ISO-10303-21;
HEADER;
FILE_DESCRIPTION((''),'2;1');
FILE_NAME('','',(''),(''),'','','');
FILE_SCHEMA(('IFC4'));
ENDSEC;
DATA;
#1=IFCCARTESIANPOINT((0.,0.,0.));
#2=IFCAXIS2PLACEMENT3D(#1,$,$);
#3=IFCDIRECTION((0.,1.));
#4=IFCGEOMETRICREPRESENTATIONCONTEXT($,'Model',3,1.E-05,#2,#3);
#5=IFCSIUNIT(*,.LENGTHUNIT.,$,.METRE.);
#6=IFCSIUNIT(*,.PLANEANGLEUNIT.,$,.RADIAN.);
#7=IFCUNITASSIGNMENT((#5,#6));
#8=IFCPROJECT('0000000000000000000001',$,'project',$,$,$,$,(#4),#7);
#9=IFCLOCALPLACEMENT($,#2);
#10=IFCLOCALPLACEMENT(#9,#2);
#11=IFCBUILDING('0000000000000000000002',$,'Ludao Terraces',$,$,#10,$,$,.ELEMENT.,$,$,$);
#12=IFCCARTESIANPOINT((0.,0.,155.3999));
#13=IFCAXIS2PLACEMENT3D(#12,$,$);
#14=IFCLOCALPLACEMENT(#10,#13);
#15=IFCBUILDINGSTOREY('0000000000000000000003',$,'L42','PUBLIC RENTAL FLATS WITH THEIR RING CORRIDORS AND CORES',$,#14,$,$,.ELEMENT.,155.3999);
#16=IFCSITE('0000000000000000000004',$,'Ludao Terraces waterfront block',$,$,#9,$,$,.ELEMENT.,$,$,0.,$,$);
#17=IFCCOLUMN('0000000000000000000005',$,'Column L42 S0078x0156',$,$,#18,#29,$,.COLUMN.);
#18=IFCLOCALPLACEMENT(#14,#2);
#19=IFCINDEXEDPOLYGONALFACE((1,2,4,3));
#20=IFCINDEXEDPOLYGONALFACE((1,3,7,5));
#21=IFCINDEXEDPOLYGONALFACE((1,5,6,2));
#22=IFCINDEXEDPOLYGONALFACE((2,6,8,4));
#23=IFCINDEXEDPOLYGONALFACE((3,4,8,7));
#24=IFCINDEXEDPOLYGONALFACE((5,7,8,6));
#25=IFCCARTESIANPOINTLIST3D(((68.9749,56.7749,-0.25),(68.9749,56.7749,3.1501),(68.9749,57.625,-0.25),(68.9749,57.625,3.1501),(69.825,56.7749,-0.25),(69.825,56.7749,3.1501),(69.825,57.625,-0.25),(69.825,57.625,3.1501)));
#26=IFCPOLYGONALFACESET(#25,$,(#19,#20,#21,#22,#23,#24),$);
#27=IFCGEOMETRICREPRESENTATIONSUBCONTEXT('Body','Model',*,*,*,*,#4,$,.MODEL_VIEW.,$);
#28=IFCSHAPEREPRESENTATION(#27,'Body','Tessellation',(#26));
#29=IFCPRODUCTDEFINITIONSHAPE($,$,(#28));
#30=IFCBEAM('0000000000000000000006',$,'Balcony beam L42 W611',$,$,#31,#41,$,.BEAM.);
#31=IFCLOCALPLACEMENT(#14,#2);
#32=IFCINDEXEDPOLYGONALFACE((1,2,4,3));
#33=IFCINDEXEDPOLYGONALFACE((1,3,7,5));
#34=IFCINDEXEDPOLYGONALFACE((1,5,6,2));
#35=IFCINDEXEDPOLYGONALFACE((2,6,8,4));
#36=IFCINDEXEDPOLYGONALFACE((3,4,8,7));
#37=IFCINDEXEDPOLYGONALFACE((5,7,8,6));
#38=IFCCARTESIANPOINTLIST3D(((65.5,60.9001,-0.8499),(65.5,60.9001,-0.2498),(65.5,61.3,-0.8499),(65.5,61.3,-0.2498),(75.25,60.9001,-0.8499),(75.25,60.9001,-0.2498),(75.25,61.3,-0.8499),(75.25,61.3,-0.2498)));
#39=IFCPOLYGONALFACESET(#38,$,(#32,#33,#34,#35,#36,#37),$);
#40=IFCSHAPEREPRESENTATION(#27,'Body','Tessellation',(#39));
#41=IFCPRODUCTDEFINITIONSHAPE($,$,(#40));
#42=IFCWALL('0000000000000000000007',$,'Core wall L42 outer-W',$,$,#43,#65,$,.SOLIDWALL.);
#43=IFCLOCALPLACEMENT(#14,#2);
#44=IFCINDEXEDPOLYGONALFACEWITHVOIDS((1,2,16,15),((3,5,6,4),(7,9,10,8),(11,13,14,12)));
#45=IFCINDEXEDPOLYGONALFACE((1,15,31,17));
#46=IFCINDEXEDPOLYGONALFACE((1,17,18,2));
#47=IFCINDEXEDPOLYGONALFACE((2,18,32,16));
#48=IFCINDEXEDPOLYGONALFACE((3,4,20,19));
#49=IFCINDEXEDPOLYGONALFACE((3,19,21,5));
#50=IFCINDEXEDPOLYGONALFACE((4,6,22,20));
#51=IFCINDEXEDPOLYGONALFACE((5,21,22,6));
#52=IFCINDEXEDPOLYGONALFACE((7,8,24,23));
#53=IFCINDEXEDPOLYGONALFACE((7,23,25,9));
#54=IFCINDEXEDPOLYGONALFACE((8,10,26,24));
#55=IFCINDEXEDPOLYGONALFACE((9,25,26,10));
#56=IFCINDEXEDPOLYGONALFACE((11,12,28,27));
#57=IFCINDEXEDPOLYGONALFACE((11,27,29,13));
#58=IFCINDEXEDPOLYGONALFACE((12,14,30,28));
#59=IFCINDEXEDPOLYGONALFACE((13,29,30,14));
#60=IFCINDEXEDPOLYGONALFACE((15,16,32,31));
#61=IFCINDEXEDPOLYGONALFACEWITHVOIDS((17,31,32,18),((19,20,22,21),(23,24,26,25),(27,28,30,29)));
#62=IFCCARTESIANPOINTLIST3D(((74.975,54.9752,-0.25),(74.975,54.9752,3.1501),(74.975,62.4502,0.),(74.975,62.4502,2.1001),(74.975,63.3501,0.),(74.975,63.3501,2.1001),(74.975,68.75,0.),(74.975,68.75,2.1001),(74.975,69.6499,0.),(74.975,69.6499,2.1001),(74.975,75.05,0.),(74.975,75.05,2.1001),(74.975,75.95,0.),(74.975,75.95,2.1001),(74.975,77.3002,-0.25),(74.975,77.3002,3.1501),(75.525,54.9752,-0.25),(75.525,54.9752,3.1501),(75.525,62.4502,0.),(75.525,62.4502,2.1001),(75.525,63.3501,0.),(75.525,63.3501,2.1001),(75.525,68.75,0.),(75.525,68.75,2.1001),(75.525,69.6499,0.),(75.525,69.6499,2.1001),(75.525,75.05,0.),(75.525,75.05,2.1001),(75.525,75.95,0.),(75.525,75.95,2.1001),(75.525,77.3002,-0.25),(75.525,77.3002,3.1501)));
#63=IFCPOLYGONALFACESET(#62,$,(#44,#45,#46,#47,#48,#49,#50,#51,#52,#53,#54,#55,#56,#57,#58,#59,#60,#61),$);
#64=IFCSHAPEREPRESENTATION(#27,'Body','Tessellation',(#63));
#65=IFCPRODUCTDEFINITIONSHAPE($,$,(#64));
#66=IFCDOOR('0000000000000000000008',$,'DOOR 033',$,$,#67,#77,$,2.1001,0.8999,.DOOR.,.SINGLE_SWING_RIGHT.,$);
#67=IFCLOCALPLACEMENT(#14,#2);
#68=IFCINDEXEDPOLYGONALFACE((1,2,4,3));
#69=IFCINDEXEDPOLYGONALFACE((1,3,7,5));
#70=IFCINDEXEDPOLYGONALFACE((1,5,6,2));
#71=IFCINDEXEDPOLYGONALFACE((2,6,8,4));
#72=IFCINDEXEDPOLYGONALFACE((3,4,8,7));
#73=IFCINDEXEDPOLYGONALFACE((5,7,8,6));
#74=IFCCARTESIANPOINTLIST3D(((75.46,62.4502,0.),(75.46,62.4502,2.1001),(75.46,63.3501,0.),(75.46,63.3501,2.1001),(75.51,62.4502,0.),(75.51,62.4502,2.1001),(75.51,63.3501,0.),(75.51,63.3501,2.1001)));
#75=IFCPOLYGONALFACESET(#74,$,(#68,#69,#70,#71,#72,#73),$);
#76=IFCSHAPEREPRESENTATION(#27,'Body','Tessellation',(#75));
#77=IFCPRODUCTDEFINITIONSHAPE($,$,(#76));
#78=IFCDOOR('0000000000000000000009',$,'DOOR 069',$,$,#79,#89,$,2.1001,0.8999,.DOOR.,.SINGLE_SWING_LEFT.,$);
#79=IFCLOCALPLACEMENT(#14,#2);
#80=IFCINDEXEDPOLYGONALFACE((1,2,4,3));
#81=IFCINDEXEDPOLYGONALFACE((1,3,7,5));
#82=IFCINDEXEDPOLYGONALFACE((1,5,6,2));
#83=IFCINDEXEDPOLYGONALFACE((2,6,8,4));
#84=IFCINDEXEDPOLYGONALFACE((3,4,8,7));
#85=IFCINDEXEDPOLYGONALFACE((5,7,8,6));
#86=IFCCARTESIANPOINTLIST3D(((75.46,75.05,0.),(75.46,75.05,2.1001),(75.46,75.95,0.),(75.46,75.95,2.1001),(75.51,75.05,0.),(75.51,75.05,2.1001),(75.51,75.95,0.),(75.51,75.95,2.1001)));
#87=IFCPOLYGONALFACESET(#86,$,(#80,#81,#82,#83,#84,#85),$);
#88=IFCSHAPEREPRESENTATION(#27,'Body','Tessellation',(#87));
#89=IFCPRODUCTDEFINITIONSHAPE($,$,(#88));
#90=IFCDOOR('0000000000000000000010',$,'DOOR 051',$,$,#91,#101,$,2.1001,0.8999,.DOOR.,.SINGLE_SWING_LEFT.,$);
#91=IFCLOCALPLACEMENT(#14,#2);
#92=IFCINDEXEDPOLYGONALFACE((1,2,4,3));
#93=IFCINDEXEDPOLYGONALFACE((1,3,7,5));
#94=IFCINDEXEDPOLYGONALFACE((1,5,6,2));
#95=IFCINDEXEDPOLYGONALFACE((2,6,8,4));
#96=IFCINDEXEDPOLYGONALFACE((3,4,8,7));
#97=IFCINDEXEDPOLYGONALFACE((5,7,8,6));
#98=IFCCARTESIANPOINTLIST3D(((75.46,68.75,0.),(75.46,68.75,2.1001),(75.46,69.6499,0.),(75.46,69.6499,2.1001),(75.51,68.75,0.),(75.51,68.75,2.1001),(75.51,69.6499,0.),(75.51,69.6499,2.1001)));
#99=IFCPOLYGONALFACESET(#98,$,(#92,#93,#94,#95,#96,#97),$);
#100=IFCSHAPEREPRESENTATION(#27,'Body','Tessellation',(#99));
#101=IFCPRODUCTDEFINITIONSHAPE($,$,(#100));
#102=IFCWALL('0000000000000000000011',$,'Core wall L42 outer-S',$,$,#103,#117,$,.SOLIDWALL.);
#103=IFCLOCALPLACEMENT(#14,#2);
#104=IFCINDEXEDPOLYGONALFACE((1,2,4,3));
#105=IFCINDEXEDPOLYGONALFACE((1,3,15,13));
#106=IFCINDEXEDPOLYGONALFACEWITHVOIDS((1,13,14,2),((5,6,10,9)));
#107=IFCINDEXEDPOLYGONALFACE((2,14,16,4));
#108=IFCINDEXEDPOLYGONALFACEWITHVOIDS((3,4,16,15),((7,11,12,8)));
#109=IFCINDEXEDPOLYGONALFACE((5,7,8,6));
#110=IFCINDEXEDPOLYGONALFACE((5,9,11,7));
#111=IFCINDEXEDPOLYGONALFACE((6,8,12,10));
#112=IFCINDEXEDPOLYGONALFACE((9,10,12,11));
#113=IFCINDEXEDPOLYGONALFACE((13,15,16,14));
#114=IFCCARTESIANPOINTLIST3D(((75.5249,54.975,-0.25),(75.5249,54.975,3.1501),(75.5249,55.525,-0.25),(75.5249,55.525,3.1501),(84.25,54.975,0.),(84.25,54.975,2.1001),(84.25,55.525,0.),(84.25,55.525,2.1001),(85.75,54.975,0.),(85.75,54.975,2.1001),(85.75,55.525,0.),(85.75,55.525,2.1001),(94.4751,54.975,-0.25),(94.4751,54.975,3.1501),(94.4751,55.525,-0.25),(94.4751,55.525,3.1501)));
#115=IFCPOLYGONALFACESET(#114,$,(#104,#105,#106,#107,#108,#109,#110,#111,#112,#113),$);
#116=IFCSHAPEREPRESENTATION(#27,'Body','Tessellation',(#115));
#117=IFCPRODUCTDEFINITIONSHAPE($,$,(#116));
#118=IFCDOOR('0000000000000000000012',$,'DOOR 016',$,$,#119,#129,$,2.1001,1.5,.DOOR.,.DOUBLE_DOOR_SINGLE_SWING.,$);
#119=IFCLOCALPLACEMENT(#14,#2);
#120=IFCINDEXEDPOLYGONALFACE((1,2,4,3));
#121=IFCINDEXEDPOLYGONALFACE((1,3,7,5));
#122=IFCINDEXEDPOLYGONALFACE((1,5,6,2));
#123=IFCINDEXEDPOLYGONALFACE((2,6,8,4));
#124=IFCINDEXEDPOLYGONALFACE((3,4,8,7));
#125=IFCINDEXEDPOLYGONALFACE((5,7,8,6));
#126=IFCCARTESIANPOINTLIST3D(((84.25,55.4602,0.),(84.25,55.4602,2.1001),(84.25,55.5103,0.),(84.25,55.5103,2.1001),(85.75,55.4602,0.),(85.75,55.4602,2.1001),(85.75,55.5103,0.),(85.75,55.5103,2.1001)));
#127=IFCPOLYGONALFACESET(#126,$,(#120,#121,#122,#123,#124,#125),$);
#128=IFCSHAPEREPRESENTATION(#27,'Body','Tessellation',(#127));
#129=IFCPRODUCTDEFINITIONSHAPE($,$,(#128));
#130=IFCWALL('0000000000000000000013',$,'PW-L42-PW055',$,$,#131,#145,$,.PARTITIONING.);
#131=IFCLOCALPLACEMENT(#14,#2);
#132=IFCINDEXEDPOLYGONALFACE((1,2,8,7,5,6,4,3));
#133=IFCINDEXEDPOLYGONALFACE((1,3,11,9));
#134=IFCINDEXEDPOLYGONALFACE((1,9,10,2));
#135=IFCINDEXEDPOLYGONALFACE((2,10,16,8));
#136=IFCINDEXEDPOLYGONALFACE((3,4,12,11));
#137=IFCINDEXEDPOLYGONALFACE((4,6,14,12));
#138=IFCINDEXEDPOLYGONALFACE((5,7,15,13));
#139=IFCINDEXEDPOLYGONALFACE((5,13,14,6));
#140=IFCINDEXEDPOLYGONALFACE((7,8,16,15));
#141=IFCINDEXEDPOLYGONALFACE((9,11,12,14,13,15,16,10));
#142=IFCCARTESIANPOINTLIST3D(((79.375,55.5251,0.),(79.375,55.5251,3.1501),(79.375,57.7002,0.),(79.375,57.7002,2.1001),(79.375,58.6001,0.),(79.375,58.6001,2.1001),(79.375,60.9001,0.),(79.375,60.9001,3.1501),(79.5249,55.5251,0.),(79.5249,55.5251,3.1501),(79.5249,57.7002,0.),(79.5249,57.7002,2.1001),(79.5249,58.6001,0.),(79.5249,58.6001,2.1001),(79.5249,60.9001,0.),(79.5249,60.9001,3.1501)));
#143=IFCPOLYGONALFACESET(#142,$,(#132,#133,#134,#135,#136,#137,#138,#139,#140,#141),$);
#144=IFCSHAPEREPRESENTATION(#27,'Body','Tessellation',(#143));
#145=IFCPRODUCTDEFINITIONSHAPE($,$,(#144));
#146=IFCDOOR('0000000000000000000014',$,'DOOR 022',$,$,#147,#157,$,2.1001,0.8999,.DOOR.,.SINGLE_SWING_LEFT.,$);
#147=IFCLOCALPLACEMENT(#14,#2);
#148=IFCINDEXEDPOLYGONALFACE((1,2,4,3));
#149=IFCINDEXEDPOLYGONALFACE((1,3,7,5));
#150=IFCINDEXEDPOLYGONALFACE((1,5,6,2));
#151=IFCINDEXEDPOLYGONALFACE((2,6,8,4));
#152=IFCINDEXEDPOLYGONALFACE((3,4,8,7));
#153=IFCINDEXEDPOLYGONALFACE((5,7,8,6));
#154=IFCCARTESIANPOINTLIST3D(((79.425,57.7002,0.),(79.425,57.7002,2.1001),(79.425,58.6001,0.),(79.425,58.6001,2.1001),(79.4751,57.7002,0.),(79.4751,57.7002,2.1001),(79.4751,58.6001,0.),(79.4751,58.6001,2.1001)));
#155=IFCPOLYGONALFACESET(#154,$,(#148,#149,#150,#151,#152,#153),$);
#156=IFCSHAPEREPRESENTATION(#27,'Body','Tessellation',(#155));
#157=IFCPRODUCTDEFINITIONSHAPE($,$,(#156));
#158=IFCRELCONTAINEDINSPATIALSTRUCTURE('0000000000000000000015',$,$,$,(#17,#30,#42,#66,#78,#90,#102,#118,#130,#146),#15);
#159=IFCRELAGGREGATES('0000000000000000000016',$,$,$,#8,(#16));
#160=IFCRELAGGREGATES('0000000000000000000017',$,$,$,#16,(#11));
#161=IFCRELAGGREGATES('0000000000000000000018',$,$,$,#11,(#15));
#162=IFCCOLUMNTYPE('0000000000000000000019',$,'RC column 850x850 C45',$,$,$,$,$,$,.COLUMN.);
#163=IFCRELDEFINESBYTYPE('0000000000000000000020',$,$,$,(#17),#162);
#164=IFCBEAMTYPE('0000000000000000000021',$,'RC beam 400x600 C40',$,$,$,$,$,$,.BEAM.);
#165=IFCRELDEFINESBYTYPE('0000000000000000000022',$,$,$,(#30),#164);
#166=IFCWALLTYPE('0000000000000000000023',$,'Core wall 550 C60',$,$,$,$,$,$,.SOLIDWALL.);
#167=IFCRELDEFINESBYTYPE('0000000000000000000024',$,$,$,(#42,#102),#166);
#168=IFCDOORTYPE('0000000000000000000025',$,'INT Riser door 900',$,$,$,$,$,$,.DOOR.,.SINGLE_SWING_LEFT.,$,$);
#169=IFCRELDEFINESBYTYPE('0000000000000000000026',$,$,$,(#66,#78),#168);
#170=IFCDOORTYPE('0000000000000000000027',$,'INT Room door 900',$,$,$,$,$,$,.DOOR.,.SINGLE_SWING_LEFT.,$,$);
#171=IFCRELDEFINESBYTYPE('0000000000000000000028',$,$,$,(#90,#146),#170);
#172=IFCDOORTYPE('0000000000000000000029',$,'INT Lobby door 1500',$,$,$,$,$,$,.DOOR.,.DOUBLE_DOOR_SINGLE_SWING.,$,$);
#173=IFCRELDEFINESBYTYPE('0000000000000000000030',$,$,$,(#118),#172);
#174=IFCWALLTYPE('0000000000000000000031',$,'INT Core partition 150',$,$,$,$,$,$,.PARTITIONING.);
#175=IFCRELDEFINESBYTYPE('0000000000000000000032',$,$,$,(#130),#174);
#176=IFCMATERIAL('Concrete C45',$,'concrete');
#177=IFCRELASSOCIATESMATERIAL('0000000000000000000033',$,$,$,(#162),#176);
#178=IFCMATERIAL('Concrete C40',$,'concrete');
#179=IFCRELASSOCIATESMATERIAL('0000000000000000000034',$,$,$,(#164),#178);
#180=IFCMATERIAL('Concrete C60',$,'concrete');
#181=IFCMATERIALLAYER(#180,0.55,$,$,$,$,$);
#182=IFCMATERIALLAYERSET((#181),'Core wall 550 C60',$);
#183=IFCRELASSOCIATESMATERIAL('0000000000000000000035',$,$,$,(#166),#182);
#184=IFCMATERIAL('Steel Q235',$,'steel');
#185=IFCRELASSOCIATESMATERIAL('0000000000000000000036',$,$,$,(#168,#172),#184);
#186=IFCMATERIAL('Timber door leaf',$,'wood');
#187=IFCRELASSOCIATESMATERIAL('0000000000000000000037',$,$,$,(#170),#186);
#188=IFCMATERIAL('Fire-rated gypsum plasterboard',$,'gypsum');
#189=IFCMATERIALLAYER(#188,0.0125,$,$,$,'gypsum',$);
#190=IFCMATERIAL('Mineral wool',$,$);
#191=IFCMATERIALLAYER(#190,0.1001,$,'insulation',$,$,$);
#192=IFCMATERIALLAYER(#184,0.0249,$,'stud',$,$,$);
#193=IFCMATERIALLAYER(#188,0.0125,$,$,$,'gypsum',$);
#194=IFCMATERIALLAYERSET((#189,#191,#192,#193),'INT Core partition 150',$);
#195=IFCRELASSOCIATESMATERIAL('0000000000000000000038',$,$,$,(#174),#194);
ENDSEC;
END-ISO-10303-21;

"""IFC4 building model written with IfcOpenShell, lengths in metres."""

from ifc_helpers import new_model, si_unit, direction, frame, frame_2d, origin, origin_2d, place, context, subcontext, project, spatial, rectangle, extrude, material, layer, layer_set, material_profile, profile_set, type_object, element, fill, save


model = new_model("IFC4")

# Units and contexts
model_context = context("Model", 3, precision=1e-05, world=origin(), true_north=direction((0.0, 1.0)))
body_context = subcontext(model_context, "Body", "Model", "MODEL_VIEW")
ifc_project = project(units=[si_unit("LENGTHUNIT", "METRE"), si_unit("PLANEANGLEUNIT", "RADIAN")], contexts=[model_context])

# Site, building, storey
site_placement = place(None, origin())
site = spatial("IfcSite", under=ifc_project, at=site_placement, Name="Ludao Terraces waterfront block", CompositionType="ELEMENT", RefElevation=0.0)
building_placement = place(site_placement, origin())
building = spatial("IfcBuilding", under=site, at=building_placement, Name="Ludao Terraces", CompositionType="ELEMENT")
storey_placement = place(building_placement, frame((0.0, 0.0, 155.3999)))
storey = spatial("IfcBuildingStorey", under=building, at=storey_placement, Name="L42", Description="PUBLIC RENTAL FLATS WITH THEIR RING CORRIDORS AND CORES", CompositionType="ELEMENT", Elevation=155.3999)

# Column
ifc_material_1 = material(Name="Concrete C45", Category="concrete")
ifc_material_profile_1 = material_profile(ifc_material_1, rectangle(XDim=0.8501, YDim=0.8501, at=origin_2d()), Name="850 X 850")
ifc_profile_set_1 = profile_set([ifc_material_profile_1], Name="Concrete C45")
column_type = type_object("IfcColumnType", Name="RC column 850x850 C45", PredefinedType="COLUMN", material=ifc_profile_set_1)
column_placement = place(storey_placement, frame((69.3999, 57.2, -0.25), z_axis=(0.0, 0.0, 1.0), x_axis=(1.0, 0.0, 0.0)))
element("IfcColumn", 1, at=column_placement, inside=storey, type_object=column_type, Name="Column L42 S0078x0156", PredefinedType="COLUMN", context=body_context, shape_type="SweptSolid", body=[
    extrude(rectangle(XDim=0.8501, YDim=0.8501, at=origin_2d()), origin(), (0.0, 0.0, 1.0), 3.4001),
])

# Beam
ifc_material_2 = material(Name="Concrete C40", Category="concrete")
ifc_material_profile_2 = material_profile(ifc_material_2, rectangle(XDim=0.3999, YDim=0.6001, at=origin_2d()), Name="400 X 600")
ifc_profile_set_2 = profile_set([ifc_material_profile_2], Name="Concrete C40")
beam_type = type_object("IfcBeamType", Name="RC beam 400x600 C40", PredefinedType="BEAM", material=ifc_profile_set_2)
beam_placement = place(storey_placement, frame((75.25, 61.1001, -0.5498), z_axis=(-1.0, 0.0, 0.0), x_axis=(0.0, -1.0, 0.0)))
element("IfcBeam", 2, at=beam_placement, inside=storey, type_object=beam_type, Name="Balcony beam L42 W611", PredefinedType="BEAM", context=body_context, shape_type="SweptSolid", body=[
    extrude(rectangle(XDim=0.3999, YDim=0.6001, at=origin_2d()), origin(), (0.0, 0.0, 1.0), 9.75),
])

# Wall, openings, doors
ifc_material_3 = material(Name="Concrete C60", Category="concrete")
ifc_layer_1 = layer(ifc_material_3, 0.55)
ifc_layer_set_1 = layer_set([ifc_layer_1], Name="Core wall 550 C60")
wall_type_1 = type_object("IfcWallType", Name="Core wall 550 C60", PredefinedType="SOLIDWALL", material=ifc_layer_set_1)
wall_1_placement = place(storey_placement, frame((75.25, 54.9751, -0.25), z_axis=(0.0, 0.0, 1.0), x_axis=(0.0, 1.0, 0.0)))
wall_1 = element("IfcWall", 3, at=wall_1_placement, inside=storey, type_object=wall_type_1, Name="Core wall L42 outer-W", PredefinedType="SOLIDWALL", context=body_context, shape_type="SweptSolid", body=[
    extrude(rectangle(XDim=22.325, YDim=0.55, at=frame_2d((11.1626, 0.0))), origin(), (0.0, 0.0, 1.0), 3.4001),
])
opening_1_placement = place(wall_1_placement, frame((7.4751, 0.0, 0.25)))
opening_1 = element("IfcOpeningElement", 4, at=opening_1_placement, cuts=wall_1, PredefinedType="OPENING", context=body_context, shape_type="SweptSolid", body=[
    extrude(rectangle(XDim=0.8999, YDim=2.1001, at=frame_2d((0.45, 1.05))), frame((0.0, 0.2852, 0.0), z_axis=(0.0, -1.0, 0.0), x_axis=(1.0, 0.0, 0.0)), (0.0, 0.0, 1.0), 0.5701),
])
opening_2_placement = place(wall_1_placement, frame((13.7749, 0.0, 0.25)))
opening_2 = element("IfcOpeningElement", 5, at=opening_2_placement, cuts=wall_1, PredefinedType="OPENING", context=body_context, shape_type="SweptSolid", body=[
    extrude(rectangle(XDim=0.8999, YDim=2.1001, at=frame_2d((0.45, 1.05))), frame((0.0, 0.2852, 0.0), z_axis=(0.0, -1.0, 0.0), x_axis=(1.0, 0.0, 0.0)), (0.0, 0.0, 1.0), 0.5701),
])
opening_3_placement = place(wall_1_placement, frame((20.075, 0.0, 0.25)))
opening_3 = element("IfcOpeningElement", 6, at=opening_3_placement, cuts=wall_1, PredefinedType="OPENING", context=body_context, shape_type="SweptSolid", body=[
    extrude(rectangle(XDim=0.8999, YDim=2.1001, at=frame_2d((0.45, 1.05))), frame((0.0, 0.2852, 0.0), z_axis=(0.0, -1.0, 0.0), x_axis=(1.0, 0.0, 0.0)), (0.0, 0.0, 1.0), 0.5701),
])
ifc_material_4 = material(Name="Steel Q235", Category="steel")
door_type_1 = type_object("IfcDoorType", Name="INT Riser door 900", OperationType="SINGLE_SWING_LEFT", PredefinedType="DOOR", material=ifc_material_4)
door_1_placement = place(opening_1_placement, origin())
door_1 = element("IfcDoor", 7, at=door_1_placement, inside=storey, type_object=door_type_1, Name="DOOR 033", OperationType="SINGLE_SWING_RIGHT", OverallHeight=2.1001, OverallWidth=0.8999, PredefinedType="DOOR", context=body_context, shape_type="SweptSolid", body=[
    extrude(rectangle(XDim=0.8999, YDim=2.1001, at=frame_2d((0.45, 1.05))), frame((0.0, -0.21, 0.0), z_axis=(0.0, -1.0, 0.0), x_axis=(1.0, 0.0, 0.0)), (0.0, 0.0, 1.0), 0.05),
])
fill(opening_1, door_1)
door_2_placement = place(opening_3_placement, origin())
door_2 = element("IfcDoor", 8, at=door_2_placement, inside=storey, type_object=door_type_1, Name="DOOR 069", OperationType="SINGLE_SWING_LEFT", OverallHeight=2.1001, OverallWidth=0.8999, PredefinedType="DOOR", context=body_context, shape_type="SweptSolid", body=[
    extrude(rectangle(XDim=0.8999, YDim=2.1001, at=frame_2d((0.45, 1.05))), frame((0.0, -0.21, 0.0), z_axis=(0.0, -1.0, 0.0), x_axis=(1.0, 0.0, 0.0)), (0.0, 0.0, 1.0), 0.05),
])
fill(opening_3, door_2)
ifc_material_5 = material(Name="Timber door leaf", Category="wood")
door_type_2 = type_object("IfcDoorType", Name="INT Room door 900", OperationType="SINGLE_SWING_LEFT", PredefinedType="DOOR", material=ifc_material_5)
door_3_placement = place(opening_2_placement, origin())
door_3 = element("IfcDoor", 9, at=door_3_placement, inside=storey, type_object=door_type_2, Name="DOOR 051", OperationType="SINGLE_SWING_LEFT", OverallHeight=2.1001, OverallWidth=0.8999, PredefinedType="DOOR", context=body_context, shape_type="SweptSolid", body=[
    extrude(rectangle(XDim=0.8999, YDim=2.1001, at=frame_2d((0.45, 1.05))), frame((0.0, -0.21, 0.0), z_axis=(0.0, -1.0, 0.0), x_axis=(1.0, 0.0, 0.0)), (0.0, 0.0, 1.0), 0.05),
])
fill(opening_2, door_3)

# Walls, openings, doors
wall_2_placement = place(storey_placement, frame((75.5249, 55.25, -0.25), z_axis=(0.0, 0.0, 1.0), x_axis=(1.0, 0.0, 0.0)))
wall_2 = element("IfcWall", 10, at=wall_2_placement, inside=storey, type_object=wall_type_1, Name="Core wall L42 outer-S", PredefinedType="SOLIDWALL", context=body_context, shape_type="SweptSolid", body=[
    extrude(rectangle(XDim=18.9502, YDim=0.55, at=frame_2d((9.4751, 0.0))), origin(), (0.0, 0.0, 1.0), 3.4001),
])
opening_4_placement = place(wall_2_placement, frame((8.7251, 0.0, 0.25)))
opening_4 = element("IfcOpeningElement", 11, at=opening_4_placement, cuts=wall_2, PredefinedType="OPENING", context=body_context, shape_type="SweptSolid", body=[
    extrude(rectangle(XDim=1.5, YDim=2.1001, at=frame_2d((0.75, 1.05))), frame((0.0, 0.2852, 0.0), z_axis=(0.0, -1.0, 0.0), x_axis=(1.0, 0.0, 0.0)), (0.0, 0.0, 1.0), 0.5701),
])
door_type_3 = type_object("IfcDoorType", Name="INT Lobby door 1500", OperationType="DOUBLE_DOOR_SINGLE_SWING", PredefinedType="DOOR", material=ifc_material_4)
door_4_placement = place(opening_4_placement, origin())
door_4 = element("IfcDoor", 12, at=door_4_placement, inside=storey, type_object=door_type_3, Name="DOOR 016", OperationType="DOUBLE_DOOR_SINGLE_SWING", OverallHeight=2.1001, OverallWidth=1.5, PredefinedType="DOOR", context=body_context, shape_type="SweptSolid", body=[
    extrude(rectangle(XDim=1.5, YDim=2.1001, at=frame_2d((0.75, 1.05))), frame((0.0, 0.2603, 0.0), z_axis=(0.0, -1.0, 0.0), x_axis=(1.0, 0.0, 0.0)), (0.0, 0.0, 1.0), 0.05),
])
fill(opening_4, door_4)
ifc_material_6 = material(Name="Fire-rated gypsum plasterboard", Category="gypsum")
ifc_layer_2 = layer(ifc_material_6, 0.0125, Category="gypsum")
ifc_material_7 = material(Name="Mineral wool")
ifc_layer_3 = layer(ifc_material_7, 0.1001, Name="insulation")
ifc_layer_4 = layer(ifc_material_4, 0.0249, Name="stud")
ifc_layer_5 = layer(ifc_material_6, 0.0125, Category="gypsum")
ifc_layer_set_2 = layer_set([ifc_layer_2, ifc_layer_3, ifc_layer_4, ifc_layer_5], Name="INT Core partition 150")
wall_type_2 = type_object("IfcWallType", Name="INT Core partition 150", PredefinedType="PARTITIONING", material=ifc_layer_set_2)
wall_3_placement = place(storey_placement, frame((79.45, 55.5251, 0.0), z_axis=(0.0, 0.0, 1.0), x_axis=(0.0, 1.0, 0.0)))
wall_3 = element("IfcWall", 13, at=wall_3_placement, inside=storey, type_object=wall_type_2, Name="PW-L42-PW055", PredefinedType="PARTITIONING", context=body_context, shape_type="SweptSolid", body=[
    extrude(rectangle(XDim=5.375, YDim=0.1499, at=frame_2d((2.6875, 0.0))), origin(), (0.0, 0.0, 1.0), 3.1501),
])
opening_5_placement = place(wall_3_placement, frame((2.175, 0.0, 0.0)))
opening_5 = element("IfcOpeningElement", 14, at=opening_5_placement, cuts=wall_3, PredefinedType="OPENING", context=body_context, shape_type="SweptSolid", body=[
    extrude(rectangle(XDim=0.8999, YDim=2.1001, at=frame_2d((0.45, 1.05))), frame((0.0, 0.085, 0.0), z_axis=(0.0, -1.0, 0.0), x_axis=(1.0, 0.0, 0.0)), (0.0, 0.0, 1.0), 0.1699),
])
door_5_placement = place(opening_5_placement, origin())
door_5 = element("IfcDoor", 15, at=door_5_placement, inside=storey, type_object=door_type_2, Name="DOOR 022", OperationType="SINGLE_SWING_LEFT", OverallHeight=2.1001, OverallWidth=0.8999, PredefinedType="DOOR", context=body_context, shape_type="SweptSolid", body=[
    extrude(rectangle(XDim=0.8999, YDim=2.1001, at=frame_2d((0.45, 1.05))), frame((0.0, 0.0249, 0.0), z_axis=(0.0, -1.0, 0.0), x_axis=(1.0, 0.0, 0.0)), (0.0, 0.0, 1.0), 0.05),
])
fill(opening_5, door_5)

save(model, "model.ifc")
